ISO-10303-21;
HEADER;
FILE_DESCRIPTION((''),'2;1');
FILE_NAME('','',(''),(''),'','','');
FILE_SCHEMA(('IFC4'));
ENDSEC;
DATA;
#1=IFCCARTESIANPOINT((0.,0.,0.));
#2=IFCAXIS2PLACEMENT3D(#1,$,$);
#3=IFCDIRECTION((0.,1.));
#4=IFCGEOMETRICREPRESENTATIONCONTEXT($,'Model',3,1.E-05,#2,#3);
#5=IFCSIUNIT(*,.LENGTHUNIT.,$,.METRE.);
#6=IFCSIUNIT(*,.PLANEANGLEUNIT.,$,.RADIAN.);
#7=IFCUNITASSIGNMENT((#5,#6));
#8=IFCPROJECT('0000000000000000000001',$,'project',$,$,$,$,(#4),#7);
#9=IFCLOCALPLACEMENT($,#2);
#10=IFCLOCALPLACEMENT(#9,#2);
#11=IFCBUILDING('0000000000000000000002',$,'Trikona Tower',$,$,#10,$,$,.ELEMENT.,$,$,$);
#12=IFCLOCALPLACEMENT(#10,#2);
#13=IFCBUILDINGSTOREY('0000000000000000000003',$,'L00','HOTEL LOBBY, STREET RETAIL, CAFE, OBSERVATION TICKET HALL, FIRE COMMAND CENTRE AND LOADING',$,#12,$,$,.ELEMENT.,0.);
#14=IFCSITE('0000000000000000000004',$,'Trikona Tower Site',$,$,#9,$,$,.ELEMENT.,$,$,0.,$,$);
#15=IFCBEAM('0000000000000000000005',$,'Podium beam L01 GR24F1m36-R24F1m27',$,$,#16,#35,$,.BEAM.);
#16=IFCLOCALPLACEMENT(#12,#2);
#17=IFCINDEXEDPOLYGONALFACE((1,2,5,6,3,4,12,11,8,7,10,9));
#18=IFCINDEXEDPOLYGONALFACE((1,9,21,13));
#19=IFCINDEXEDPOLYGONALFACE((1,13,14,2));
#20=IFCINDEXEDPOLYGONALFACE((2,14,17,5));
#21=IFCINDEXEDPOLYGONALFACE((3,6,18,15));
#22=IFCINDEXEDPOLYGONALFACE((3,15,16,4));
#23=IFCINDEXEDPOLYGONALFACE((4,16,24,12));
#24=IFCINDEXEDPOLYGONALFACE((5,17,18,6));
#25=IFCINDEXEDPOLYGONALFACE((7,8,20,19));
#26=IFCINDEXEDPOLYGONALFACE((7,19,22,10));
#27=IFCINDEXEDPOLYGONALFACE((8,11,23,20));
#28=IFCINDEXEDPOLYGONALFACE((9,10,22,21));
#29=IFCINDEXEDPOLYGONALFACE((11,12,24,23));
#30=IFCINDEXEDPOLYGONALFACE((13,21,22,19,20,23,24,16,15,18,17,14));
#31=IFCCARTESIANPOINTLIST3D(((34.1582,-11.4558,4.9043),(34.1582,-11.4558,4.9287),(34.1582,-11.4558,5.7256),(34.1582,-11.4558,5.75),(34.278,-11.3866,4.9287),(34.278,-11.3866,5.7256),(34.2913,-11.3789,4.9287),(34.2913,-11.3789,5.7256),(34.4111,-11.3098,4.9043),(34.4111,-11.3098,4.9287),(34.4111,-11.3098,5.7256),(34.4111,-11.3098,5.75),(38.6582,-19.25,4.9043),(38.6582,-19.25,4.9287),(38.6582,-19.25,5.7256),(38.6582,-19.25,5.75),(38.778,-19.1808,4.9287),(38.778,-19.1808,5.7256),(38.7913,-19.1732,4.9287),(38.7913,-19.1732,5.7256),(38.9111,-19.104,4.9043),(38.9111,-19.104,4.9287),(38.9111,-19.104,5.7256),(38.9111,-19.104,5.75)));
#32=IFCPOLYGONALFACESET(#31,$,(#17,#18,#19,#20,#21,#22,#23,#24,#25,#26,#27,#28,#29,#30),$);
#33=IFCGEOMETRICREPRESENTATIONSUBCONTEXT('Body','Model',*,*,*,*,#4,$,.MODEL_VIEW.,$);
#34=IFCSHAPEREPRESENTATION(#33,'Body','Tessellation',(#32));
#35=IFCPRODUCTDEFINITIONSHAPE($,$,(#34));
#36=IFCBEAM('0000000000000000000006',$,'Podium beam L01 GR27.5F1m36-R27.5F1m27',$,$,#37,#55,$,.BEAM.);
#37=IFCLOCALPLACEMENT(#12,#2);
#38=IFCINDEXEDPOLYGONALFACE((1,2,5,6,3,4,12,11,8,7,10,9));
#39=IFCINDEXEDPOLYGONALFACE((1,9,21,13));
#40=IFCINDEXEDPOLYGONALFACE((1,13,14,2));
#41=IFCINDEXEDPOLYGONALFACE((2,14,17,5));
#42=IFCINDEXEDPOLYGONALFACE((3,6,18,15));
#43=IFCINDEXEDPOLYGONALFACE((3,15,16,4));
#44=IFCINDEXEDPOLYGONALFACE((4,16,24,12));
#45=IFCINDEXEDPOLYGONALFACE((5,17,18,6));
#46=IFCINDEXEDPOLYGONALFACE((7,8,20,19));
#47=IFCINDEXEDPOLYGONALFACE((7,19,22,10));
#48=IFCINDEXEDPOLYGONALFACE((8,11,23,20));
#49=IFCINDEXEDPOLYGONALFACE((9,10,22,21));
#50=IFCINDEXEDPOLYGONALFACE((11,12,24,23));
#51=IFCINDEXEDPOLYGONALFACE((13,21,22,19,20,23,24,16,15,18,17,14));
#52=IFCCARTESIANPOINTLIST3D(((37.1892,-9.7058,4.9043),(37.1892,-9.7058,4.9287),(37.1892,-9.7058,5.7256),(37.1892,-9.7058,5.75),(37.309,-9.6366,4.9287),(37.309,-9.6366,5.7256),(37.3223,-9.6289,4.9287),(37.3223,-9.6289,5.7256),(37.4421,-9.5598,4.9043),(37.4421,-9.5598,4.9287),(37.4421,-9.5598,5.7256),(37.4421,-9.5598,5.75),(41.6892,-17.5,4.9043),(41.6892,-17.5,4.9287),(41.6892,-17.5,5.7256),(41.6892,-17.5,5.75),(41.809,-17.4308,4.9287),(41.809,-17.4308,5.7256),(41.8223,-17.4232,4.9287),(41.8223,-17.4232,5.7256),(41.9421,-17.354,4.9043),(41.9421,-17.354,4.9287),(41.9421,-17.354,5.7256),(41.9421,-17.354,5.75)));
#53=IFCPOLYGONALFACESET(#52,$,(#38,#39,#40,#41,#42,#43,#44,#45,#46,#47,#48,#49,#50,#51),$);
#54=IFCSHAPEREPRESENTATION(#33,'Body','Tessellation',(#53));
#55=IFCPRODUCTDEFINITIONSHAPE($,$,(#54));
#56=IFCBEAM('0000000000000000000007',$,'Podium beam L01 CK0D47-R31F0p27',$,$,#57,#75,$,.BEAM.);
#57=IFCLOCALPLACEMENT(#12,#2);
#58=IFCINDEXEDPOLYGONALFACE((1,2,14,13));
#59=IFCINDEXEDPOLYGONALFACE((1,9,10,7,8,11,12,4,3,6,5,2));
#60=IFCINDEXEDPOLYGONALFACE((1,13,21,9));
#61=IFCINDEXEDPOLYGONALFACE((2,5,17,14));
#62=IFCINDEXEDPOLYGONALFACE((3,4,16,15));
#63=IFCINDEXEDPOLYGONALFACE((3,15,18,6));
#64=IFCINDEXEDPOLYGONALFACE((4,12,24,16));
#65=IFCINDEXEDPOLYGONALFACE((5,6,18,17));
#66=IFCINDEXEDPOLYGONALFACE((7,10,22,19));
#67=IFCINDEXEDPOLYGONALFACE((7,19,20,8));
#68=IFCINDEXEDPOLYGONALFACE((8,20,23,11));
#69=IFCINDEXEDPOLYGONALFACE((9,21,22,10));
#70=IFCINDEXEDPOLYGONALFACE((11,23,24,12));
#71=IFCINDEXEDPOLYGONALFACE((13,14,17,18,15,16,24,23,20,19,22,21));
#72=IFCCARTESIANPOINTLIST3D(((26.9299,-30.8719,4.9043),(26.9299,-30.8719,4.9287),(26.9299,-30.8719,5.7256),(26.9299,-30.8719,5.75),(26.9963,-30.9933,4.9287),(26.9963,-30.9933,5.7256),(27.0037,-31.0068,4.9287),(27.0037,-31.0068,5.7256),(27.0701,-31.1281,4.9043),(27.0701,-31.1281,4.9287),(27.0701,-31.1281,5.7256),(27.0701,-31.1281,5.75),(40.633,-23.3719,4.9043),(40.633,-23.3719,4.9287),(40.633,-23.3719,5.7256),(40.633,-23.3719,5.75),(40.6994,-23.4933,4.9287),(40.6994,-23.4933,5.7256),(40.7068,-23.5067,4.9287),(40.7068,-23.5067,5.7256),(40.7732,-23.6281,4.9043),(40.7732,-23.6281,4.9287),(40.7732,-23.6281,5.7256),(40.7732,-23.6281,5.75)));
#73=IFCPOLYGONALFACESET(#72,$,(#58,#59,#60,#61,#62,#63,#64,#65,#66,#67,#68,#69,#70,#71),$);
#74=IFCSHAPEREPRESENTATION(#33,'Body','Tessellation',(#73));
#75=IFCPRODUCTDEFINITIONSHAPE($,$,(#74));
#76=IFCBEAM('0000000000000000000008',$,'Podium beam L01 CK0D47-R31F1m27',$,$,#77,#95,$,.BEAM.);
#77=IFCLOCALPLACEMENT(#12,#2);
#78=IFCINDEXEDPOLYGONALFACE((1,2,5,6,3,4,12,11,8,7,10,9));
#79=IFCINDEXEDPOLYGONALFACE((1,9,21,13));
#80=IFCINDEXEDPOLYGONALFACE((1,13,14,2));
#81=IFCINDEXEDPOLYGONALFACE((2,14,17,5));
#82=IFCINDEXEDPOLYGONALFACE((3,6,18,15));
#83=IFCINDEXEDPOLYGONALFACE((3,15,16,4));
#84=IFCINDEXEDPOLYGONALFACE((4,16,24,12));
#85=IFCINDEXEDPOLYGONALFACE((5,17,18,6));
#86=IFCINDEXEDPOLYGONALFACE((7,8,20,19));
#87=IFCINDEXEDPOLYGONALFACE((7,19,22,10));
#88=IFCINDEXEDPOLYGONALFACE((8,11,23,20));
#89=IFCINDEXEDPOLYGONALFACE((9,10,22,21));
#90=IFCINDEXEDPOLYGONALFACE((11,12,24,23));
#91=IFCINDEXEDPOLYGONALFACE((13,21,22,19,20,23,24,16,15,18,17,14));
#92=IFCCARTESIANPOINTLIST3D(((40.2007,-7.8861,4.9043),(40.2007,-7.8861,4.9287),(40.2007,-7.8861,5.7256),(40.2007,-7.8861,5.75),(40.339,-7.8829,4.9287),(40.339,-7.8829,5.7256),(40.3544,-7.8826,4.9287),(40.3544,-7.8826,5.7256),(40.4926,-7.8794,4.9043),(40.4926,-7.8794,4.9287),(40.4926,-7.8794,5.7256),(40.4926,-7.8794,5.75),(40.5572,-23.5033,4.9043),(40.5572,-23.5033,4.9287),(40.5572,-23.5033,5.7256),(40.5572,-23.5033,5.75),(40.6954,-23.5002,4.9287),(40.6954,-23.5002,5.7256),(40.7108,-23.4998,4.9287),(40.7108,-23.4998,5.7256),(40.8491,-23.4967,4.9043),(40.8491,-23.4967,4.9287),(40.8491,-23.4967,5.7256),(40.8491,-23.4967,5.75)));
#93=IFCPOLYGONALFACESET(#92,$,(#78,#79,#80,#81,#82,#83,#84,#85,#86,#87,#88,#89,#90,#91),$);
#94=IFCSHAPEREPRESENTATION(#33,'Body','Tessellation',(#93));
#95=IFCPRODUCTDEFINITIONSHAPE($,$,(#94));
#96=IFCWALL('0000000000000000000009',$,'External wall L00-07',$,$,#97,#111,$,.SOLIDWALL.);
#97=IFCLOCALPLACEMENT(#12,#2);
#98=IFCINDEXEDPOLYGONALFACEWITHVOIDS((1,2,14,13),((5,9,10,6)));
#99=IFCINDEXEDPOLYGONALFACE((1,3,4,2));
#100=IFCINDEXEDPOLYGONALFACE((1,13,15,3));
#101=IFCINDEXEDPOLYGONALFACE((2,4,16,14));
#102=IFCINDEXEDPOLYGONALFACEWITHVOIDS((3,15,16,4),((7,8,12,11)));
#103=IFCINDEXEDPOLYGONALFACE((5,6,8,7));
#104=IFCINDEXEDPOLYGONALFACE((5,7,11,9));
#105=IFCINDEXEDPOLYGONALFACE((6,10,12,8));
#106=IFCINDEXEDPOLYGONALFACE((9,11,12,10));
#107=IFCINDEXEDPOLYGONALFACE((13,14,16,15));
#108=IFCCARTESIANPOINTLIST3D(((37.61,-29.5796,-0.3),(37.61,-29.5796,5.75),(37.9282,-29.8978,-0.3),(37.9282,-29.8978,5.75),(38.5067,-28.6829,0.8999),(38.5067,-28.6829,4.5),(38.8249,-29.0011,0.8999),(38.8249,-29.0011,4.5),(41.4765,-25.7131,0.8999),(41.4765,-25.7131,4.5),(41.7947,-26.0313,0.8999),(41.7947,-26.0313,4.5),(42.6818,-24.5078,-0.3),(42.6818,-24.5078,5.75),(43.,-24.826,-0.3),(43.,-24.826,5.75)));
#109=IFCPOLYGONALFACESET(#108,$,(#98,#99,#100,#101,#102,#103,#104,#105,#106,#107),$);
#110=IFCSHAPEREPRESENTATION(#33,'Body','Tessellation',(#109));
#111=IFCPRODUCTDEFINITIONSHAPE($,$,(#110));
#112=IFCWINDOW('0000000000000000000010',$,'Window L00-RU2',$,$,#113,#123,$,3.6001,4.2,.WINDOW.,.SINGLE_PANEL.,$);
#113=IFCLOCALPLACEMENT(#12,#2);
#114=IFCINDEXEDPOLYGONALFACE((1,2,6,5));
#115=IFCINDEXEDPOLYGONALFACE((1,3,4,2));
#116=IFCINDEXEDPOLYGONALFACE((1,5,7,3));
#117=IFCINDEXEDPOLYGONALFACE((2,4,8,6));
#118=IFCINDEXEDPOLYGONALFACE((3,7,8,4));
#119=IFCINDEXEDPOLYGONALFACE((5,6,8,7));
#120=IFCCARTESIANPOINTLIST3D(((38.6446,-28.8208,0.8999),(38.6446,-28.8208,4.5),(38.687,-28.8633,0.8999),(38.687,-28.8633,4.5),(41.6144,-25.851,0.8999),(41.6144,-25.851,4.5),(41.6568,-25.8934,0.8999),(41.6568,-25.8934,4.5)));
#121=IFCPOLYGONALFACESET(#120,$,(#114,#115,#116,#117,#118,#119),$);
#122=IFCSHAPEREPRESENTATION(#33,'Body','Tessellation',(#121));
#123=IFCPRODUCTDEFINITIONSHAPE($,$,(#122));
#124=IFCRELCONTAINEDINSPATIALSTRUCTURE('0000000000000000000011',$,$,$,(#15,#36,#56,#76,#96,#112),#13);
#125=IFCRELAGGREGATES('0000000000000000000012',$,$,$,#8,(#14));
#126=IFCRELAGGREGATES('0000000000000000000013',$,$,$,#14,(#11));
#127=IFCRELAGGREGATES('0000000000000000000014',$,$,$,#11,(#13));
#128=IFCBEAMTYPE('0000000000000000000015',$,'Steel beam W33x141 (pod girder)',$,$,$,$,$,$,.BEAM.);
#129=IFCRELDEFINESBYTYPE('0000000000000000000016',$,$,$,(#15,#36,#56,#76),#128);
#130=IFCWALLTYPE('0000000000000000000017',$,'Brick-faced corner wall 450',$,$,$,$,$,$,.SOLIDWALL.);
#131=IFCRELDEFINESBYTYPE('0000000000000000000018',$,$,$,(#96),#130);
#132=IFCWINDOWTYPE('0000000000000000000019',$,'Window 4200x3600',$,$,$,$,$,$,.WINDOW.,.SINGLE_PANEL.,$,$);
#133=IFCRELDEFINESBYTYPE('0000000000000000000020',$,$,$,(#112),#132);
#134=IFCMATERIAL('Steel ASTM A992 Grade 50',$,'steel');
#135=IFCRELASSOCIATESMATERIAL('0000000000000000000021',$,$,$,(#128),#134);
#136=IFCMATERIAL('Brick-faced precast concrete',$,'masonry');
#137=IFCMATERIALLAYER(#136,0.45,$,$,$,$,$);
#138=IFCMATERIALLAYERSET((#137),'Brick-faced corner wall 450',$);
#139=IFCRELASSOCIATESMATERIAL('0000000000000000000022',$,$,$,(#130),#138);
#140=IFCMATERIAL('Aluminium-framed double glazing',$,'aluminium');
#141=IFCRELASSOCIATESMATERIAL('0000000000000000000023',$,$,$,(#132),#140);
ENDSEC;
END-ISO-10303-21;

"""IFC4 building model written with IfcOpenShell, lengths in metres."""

from ifc_helpers import new_model, si_unit, direction, frame, frame_2d, origin, origin_2d, place, context, subcontext, project, spatial, rectangle, i_section, extrude, material, layer, layer_set, material_profile, profile_set, type_object, element, fill, save


model = new_model("IFC4")

# Units and contexts
model_context = context("Model", 3, precision=1e-05, world=origin(), true_north=direction((0.0, 1.0)))
body_context = subcontext(model_context, "Body", "Model", "MODEL_VIEW")
ifc_project = project(units=[si_unit("LENGTHUNIT", "METRE"), si_unit("PLANEANGLEUNIT", "RADIAN")], contexts=[model_context])

# Site, building, storey
site_placement = place(None, origin())
site = spatial("IfcSite", under=ifc_project, at=site_placement, Name="Trikona Tower Site", CompositionType="ELEMENT", RefElevation=0.0)
building_placement = place(site_placement, origin())
building = spatial("IfcBuilding", under=site, at=building_placement, Name="Trikona Tower", CompositionType="ELEMENT")
storey_placement = place(building_placement, origin())
storey = spatial("IfcBuildingStorey", under=building, at=storey_placement, Name="L00", Description="HOTEL LOBBY, STREET RETAIL, CAFE, OBSERVATION TICKET HALL, FIRE COMMAND CENTRE AND LOADING", CompositionType="ELEMENT", Elevation=0.0)

# Beams
ifc_material_1 = material(Name="Steel ASTM A992 Grade 50", Category="steel")
ifc_material_profile_1 = material_profile(ifc_material_1, i_section(OverallWidth=0.292, OverallDepth=0.8457, WebThickness=0.0154, FlangeThickness=0.0244, at=origin_2d()), Name="W33X141")
ifc_profile_set_1 = profile_set([ifc_material_profile_1], Name="Steel ASTM A992 Grade 50")
beam_type_1 = type_object("IfcBeamType", Name="Steel beam W33x141 (pod girder)", PredefinedType="BEAM", material=ifc_profile_set_1)
for number, where, z_axis, x_axis, name in (
    (1, (38.7847, -19.177, 5.3271), (-0.500002, 0.866024, 0.0), (-0.866024, -0.500002, 0.0), "Podium beam L01 GR24F1m36-R24F1m27"),
    (2, (41.8157, -17.427, 5.3271), (-0.500002, 0.866024, 0.0), (-0.866024, -0.500002, 0.0), "Podium beam L01 GR27.5F1m36-R27.5F1m27"),
):
    element("IfcBeam", number, at=place(storey_placement, frame(where, z_axis=z_axis, x_axis=x_axis)), inside=storey, type_object=beam_type_1, Name=name, PredefinedType="BEAM", context=body_context, shape_type="SweptSolid", body=[
        extrude(i_section(OverallWidth=0.292, OverallDepth=0.8457, WebThickness=0.0154, FlangeThickness=0.0244, at=origin_2d()), origin(), (0.0, 0.0, 1.0), 9.0),
    ])
for number, where, z_axis, x_axis, name in (
    (3, (40.7031, -23.5, 5.3271), (-0.877207, -0.480113, 0.0), (0.480113, -0.877207, 0.0), "Podium beam L01 CK0D47-R31F0p27"),
    (4, (40.7031, -23.5, 5.3271), (-0.022818, 0.99974, 0.0), (-0.99974, -0.022818, 0.0), "Podium beam L01 CK0D47-R31F1m27"),
):
    element("IfcBeam", number, at=place(storey_placement, frame(where, z_axis=z_axis, x_axis=x_axis)), inside=storey, type_object=beam_type_1, Name=name, PredefinedType="BEAM", context=body_context, shape_type="SweptSolid", body=[
        extrude(i_section(OverallWidth=0.292, OverallDepth=0.8457, WebThickness=0.0154, FlangeThickness=0.0244, at=origin_2d()), origin(), (0.0, 0.0, 1.0), 15.6213),
    ])

# Wall, opening, window
ifc_material_2 = material(Name="Brick-faced precast concrete", Category="masonry")
ifc_layer = layer(ifc_material_2, 0.45)
ifc_layer_set = layer_set([ifc_layer], Name="Brick-faced corner wall 450")
wall_type = type_object("IfcWallType", Name="Brick-faced corner wall 450", PredefinedType="SOLIDWALL", material=ifc_layer_set)
wall_1_placement = place(storey_placement, frame((37.769, -29.7388, -0.3), z_axis=(0.0, 0.0, 1.0), x_axis=(0.707107, 0.707107, 0.0)))
wall_1 = element("IfcWall", 5, at=wall_1_placement, inside=storey, type_object=wall_type, Name="External wall L00-07", PredefinedType="SOLIDWALL", context=body_context, shape_type="SweptSolid", body=[
    extrude(rectangle(XDim=7.1726, YDim=0.45, at=frame_2d((3.5864, 0.0))), origin(), (0.0, 0.0, 1.0), 6.05),
])
opening_1_placement = place(wall_1_placement, frame((1.2681, 0.0, 1.2)))
opening_1 = element("IfcOpeningElement", 6, at=opening_1_placement, cuts=wall_1, PredefinedType="OPENING", context=body_context, shape_type="SweptSolid", body=[
    extrude(rectangle(XDim=4.2, YDim=3.6001, at=frame_2d((2.1001, 1.8))), frame((0.0, 0.2349, 0.0), z_axis=(0.0, -1.0, 0.0), x_axis=(1.0, 0.0, 0.0)), (0.0, 0.0, 1.0), 0.47),
])
ifc_material_3 = material(Name="Aluminium-framed double glazing", Category="aluminium")
window_type_1 = type_object("IfcWindowType", Name="Window 4200x3600", PartitioningType="SINGLE_PANEL", PredefinedType="WINDOW", material=ifc_material_3)
window_1_placement = place(opening_1_placement, origin())
window_1 = element("IfcWindow", 7, at=window_1_placement, inside=storey, type_object=window_type_1, Name="Window L00-RU2", OverallHeight=3.6001, OverallWidth=4.2, PartitioningType="SINGLE_PANEL", PredefinedType="WINDOW", context=body_context, shape_type="SweptSolid", body=[
    extrude(rectangle(XDim=4.2, YDim=3.6001, at=frame_2d((2.1001, 1.8))), frame((0.0, 0.03, 0.0), z_axis=(0.0, -1.0, 0.0), x_axis=(1.0, 0.0, 0.0)), (0.0, 0.0, 1.0), 0.0601),
])
fill(opening_1, window_1)

save(model, "model.ifc")
